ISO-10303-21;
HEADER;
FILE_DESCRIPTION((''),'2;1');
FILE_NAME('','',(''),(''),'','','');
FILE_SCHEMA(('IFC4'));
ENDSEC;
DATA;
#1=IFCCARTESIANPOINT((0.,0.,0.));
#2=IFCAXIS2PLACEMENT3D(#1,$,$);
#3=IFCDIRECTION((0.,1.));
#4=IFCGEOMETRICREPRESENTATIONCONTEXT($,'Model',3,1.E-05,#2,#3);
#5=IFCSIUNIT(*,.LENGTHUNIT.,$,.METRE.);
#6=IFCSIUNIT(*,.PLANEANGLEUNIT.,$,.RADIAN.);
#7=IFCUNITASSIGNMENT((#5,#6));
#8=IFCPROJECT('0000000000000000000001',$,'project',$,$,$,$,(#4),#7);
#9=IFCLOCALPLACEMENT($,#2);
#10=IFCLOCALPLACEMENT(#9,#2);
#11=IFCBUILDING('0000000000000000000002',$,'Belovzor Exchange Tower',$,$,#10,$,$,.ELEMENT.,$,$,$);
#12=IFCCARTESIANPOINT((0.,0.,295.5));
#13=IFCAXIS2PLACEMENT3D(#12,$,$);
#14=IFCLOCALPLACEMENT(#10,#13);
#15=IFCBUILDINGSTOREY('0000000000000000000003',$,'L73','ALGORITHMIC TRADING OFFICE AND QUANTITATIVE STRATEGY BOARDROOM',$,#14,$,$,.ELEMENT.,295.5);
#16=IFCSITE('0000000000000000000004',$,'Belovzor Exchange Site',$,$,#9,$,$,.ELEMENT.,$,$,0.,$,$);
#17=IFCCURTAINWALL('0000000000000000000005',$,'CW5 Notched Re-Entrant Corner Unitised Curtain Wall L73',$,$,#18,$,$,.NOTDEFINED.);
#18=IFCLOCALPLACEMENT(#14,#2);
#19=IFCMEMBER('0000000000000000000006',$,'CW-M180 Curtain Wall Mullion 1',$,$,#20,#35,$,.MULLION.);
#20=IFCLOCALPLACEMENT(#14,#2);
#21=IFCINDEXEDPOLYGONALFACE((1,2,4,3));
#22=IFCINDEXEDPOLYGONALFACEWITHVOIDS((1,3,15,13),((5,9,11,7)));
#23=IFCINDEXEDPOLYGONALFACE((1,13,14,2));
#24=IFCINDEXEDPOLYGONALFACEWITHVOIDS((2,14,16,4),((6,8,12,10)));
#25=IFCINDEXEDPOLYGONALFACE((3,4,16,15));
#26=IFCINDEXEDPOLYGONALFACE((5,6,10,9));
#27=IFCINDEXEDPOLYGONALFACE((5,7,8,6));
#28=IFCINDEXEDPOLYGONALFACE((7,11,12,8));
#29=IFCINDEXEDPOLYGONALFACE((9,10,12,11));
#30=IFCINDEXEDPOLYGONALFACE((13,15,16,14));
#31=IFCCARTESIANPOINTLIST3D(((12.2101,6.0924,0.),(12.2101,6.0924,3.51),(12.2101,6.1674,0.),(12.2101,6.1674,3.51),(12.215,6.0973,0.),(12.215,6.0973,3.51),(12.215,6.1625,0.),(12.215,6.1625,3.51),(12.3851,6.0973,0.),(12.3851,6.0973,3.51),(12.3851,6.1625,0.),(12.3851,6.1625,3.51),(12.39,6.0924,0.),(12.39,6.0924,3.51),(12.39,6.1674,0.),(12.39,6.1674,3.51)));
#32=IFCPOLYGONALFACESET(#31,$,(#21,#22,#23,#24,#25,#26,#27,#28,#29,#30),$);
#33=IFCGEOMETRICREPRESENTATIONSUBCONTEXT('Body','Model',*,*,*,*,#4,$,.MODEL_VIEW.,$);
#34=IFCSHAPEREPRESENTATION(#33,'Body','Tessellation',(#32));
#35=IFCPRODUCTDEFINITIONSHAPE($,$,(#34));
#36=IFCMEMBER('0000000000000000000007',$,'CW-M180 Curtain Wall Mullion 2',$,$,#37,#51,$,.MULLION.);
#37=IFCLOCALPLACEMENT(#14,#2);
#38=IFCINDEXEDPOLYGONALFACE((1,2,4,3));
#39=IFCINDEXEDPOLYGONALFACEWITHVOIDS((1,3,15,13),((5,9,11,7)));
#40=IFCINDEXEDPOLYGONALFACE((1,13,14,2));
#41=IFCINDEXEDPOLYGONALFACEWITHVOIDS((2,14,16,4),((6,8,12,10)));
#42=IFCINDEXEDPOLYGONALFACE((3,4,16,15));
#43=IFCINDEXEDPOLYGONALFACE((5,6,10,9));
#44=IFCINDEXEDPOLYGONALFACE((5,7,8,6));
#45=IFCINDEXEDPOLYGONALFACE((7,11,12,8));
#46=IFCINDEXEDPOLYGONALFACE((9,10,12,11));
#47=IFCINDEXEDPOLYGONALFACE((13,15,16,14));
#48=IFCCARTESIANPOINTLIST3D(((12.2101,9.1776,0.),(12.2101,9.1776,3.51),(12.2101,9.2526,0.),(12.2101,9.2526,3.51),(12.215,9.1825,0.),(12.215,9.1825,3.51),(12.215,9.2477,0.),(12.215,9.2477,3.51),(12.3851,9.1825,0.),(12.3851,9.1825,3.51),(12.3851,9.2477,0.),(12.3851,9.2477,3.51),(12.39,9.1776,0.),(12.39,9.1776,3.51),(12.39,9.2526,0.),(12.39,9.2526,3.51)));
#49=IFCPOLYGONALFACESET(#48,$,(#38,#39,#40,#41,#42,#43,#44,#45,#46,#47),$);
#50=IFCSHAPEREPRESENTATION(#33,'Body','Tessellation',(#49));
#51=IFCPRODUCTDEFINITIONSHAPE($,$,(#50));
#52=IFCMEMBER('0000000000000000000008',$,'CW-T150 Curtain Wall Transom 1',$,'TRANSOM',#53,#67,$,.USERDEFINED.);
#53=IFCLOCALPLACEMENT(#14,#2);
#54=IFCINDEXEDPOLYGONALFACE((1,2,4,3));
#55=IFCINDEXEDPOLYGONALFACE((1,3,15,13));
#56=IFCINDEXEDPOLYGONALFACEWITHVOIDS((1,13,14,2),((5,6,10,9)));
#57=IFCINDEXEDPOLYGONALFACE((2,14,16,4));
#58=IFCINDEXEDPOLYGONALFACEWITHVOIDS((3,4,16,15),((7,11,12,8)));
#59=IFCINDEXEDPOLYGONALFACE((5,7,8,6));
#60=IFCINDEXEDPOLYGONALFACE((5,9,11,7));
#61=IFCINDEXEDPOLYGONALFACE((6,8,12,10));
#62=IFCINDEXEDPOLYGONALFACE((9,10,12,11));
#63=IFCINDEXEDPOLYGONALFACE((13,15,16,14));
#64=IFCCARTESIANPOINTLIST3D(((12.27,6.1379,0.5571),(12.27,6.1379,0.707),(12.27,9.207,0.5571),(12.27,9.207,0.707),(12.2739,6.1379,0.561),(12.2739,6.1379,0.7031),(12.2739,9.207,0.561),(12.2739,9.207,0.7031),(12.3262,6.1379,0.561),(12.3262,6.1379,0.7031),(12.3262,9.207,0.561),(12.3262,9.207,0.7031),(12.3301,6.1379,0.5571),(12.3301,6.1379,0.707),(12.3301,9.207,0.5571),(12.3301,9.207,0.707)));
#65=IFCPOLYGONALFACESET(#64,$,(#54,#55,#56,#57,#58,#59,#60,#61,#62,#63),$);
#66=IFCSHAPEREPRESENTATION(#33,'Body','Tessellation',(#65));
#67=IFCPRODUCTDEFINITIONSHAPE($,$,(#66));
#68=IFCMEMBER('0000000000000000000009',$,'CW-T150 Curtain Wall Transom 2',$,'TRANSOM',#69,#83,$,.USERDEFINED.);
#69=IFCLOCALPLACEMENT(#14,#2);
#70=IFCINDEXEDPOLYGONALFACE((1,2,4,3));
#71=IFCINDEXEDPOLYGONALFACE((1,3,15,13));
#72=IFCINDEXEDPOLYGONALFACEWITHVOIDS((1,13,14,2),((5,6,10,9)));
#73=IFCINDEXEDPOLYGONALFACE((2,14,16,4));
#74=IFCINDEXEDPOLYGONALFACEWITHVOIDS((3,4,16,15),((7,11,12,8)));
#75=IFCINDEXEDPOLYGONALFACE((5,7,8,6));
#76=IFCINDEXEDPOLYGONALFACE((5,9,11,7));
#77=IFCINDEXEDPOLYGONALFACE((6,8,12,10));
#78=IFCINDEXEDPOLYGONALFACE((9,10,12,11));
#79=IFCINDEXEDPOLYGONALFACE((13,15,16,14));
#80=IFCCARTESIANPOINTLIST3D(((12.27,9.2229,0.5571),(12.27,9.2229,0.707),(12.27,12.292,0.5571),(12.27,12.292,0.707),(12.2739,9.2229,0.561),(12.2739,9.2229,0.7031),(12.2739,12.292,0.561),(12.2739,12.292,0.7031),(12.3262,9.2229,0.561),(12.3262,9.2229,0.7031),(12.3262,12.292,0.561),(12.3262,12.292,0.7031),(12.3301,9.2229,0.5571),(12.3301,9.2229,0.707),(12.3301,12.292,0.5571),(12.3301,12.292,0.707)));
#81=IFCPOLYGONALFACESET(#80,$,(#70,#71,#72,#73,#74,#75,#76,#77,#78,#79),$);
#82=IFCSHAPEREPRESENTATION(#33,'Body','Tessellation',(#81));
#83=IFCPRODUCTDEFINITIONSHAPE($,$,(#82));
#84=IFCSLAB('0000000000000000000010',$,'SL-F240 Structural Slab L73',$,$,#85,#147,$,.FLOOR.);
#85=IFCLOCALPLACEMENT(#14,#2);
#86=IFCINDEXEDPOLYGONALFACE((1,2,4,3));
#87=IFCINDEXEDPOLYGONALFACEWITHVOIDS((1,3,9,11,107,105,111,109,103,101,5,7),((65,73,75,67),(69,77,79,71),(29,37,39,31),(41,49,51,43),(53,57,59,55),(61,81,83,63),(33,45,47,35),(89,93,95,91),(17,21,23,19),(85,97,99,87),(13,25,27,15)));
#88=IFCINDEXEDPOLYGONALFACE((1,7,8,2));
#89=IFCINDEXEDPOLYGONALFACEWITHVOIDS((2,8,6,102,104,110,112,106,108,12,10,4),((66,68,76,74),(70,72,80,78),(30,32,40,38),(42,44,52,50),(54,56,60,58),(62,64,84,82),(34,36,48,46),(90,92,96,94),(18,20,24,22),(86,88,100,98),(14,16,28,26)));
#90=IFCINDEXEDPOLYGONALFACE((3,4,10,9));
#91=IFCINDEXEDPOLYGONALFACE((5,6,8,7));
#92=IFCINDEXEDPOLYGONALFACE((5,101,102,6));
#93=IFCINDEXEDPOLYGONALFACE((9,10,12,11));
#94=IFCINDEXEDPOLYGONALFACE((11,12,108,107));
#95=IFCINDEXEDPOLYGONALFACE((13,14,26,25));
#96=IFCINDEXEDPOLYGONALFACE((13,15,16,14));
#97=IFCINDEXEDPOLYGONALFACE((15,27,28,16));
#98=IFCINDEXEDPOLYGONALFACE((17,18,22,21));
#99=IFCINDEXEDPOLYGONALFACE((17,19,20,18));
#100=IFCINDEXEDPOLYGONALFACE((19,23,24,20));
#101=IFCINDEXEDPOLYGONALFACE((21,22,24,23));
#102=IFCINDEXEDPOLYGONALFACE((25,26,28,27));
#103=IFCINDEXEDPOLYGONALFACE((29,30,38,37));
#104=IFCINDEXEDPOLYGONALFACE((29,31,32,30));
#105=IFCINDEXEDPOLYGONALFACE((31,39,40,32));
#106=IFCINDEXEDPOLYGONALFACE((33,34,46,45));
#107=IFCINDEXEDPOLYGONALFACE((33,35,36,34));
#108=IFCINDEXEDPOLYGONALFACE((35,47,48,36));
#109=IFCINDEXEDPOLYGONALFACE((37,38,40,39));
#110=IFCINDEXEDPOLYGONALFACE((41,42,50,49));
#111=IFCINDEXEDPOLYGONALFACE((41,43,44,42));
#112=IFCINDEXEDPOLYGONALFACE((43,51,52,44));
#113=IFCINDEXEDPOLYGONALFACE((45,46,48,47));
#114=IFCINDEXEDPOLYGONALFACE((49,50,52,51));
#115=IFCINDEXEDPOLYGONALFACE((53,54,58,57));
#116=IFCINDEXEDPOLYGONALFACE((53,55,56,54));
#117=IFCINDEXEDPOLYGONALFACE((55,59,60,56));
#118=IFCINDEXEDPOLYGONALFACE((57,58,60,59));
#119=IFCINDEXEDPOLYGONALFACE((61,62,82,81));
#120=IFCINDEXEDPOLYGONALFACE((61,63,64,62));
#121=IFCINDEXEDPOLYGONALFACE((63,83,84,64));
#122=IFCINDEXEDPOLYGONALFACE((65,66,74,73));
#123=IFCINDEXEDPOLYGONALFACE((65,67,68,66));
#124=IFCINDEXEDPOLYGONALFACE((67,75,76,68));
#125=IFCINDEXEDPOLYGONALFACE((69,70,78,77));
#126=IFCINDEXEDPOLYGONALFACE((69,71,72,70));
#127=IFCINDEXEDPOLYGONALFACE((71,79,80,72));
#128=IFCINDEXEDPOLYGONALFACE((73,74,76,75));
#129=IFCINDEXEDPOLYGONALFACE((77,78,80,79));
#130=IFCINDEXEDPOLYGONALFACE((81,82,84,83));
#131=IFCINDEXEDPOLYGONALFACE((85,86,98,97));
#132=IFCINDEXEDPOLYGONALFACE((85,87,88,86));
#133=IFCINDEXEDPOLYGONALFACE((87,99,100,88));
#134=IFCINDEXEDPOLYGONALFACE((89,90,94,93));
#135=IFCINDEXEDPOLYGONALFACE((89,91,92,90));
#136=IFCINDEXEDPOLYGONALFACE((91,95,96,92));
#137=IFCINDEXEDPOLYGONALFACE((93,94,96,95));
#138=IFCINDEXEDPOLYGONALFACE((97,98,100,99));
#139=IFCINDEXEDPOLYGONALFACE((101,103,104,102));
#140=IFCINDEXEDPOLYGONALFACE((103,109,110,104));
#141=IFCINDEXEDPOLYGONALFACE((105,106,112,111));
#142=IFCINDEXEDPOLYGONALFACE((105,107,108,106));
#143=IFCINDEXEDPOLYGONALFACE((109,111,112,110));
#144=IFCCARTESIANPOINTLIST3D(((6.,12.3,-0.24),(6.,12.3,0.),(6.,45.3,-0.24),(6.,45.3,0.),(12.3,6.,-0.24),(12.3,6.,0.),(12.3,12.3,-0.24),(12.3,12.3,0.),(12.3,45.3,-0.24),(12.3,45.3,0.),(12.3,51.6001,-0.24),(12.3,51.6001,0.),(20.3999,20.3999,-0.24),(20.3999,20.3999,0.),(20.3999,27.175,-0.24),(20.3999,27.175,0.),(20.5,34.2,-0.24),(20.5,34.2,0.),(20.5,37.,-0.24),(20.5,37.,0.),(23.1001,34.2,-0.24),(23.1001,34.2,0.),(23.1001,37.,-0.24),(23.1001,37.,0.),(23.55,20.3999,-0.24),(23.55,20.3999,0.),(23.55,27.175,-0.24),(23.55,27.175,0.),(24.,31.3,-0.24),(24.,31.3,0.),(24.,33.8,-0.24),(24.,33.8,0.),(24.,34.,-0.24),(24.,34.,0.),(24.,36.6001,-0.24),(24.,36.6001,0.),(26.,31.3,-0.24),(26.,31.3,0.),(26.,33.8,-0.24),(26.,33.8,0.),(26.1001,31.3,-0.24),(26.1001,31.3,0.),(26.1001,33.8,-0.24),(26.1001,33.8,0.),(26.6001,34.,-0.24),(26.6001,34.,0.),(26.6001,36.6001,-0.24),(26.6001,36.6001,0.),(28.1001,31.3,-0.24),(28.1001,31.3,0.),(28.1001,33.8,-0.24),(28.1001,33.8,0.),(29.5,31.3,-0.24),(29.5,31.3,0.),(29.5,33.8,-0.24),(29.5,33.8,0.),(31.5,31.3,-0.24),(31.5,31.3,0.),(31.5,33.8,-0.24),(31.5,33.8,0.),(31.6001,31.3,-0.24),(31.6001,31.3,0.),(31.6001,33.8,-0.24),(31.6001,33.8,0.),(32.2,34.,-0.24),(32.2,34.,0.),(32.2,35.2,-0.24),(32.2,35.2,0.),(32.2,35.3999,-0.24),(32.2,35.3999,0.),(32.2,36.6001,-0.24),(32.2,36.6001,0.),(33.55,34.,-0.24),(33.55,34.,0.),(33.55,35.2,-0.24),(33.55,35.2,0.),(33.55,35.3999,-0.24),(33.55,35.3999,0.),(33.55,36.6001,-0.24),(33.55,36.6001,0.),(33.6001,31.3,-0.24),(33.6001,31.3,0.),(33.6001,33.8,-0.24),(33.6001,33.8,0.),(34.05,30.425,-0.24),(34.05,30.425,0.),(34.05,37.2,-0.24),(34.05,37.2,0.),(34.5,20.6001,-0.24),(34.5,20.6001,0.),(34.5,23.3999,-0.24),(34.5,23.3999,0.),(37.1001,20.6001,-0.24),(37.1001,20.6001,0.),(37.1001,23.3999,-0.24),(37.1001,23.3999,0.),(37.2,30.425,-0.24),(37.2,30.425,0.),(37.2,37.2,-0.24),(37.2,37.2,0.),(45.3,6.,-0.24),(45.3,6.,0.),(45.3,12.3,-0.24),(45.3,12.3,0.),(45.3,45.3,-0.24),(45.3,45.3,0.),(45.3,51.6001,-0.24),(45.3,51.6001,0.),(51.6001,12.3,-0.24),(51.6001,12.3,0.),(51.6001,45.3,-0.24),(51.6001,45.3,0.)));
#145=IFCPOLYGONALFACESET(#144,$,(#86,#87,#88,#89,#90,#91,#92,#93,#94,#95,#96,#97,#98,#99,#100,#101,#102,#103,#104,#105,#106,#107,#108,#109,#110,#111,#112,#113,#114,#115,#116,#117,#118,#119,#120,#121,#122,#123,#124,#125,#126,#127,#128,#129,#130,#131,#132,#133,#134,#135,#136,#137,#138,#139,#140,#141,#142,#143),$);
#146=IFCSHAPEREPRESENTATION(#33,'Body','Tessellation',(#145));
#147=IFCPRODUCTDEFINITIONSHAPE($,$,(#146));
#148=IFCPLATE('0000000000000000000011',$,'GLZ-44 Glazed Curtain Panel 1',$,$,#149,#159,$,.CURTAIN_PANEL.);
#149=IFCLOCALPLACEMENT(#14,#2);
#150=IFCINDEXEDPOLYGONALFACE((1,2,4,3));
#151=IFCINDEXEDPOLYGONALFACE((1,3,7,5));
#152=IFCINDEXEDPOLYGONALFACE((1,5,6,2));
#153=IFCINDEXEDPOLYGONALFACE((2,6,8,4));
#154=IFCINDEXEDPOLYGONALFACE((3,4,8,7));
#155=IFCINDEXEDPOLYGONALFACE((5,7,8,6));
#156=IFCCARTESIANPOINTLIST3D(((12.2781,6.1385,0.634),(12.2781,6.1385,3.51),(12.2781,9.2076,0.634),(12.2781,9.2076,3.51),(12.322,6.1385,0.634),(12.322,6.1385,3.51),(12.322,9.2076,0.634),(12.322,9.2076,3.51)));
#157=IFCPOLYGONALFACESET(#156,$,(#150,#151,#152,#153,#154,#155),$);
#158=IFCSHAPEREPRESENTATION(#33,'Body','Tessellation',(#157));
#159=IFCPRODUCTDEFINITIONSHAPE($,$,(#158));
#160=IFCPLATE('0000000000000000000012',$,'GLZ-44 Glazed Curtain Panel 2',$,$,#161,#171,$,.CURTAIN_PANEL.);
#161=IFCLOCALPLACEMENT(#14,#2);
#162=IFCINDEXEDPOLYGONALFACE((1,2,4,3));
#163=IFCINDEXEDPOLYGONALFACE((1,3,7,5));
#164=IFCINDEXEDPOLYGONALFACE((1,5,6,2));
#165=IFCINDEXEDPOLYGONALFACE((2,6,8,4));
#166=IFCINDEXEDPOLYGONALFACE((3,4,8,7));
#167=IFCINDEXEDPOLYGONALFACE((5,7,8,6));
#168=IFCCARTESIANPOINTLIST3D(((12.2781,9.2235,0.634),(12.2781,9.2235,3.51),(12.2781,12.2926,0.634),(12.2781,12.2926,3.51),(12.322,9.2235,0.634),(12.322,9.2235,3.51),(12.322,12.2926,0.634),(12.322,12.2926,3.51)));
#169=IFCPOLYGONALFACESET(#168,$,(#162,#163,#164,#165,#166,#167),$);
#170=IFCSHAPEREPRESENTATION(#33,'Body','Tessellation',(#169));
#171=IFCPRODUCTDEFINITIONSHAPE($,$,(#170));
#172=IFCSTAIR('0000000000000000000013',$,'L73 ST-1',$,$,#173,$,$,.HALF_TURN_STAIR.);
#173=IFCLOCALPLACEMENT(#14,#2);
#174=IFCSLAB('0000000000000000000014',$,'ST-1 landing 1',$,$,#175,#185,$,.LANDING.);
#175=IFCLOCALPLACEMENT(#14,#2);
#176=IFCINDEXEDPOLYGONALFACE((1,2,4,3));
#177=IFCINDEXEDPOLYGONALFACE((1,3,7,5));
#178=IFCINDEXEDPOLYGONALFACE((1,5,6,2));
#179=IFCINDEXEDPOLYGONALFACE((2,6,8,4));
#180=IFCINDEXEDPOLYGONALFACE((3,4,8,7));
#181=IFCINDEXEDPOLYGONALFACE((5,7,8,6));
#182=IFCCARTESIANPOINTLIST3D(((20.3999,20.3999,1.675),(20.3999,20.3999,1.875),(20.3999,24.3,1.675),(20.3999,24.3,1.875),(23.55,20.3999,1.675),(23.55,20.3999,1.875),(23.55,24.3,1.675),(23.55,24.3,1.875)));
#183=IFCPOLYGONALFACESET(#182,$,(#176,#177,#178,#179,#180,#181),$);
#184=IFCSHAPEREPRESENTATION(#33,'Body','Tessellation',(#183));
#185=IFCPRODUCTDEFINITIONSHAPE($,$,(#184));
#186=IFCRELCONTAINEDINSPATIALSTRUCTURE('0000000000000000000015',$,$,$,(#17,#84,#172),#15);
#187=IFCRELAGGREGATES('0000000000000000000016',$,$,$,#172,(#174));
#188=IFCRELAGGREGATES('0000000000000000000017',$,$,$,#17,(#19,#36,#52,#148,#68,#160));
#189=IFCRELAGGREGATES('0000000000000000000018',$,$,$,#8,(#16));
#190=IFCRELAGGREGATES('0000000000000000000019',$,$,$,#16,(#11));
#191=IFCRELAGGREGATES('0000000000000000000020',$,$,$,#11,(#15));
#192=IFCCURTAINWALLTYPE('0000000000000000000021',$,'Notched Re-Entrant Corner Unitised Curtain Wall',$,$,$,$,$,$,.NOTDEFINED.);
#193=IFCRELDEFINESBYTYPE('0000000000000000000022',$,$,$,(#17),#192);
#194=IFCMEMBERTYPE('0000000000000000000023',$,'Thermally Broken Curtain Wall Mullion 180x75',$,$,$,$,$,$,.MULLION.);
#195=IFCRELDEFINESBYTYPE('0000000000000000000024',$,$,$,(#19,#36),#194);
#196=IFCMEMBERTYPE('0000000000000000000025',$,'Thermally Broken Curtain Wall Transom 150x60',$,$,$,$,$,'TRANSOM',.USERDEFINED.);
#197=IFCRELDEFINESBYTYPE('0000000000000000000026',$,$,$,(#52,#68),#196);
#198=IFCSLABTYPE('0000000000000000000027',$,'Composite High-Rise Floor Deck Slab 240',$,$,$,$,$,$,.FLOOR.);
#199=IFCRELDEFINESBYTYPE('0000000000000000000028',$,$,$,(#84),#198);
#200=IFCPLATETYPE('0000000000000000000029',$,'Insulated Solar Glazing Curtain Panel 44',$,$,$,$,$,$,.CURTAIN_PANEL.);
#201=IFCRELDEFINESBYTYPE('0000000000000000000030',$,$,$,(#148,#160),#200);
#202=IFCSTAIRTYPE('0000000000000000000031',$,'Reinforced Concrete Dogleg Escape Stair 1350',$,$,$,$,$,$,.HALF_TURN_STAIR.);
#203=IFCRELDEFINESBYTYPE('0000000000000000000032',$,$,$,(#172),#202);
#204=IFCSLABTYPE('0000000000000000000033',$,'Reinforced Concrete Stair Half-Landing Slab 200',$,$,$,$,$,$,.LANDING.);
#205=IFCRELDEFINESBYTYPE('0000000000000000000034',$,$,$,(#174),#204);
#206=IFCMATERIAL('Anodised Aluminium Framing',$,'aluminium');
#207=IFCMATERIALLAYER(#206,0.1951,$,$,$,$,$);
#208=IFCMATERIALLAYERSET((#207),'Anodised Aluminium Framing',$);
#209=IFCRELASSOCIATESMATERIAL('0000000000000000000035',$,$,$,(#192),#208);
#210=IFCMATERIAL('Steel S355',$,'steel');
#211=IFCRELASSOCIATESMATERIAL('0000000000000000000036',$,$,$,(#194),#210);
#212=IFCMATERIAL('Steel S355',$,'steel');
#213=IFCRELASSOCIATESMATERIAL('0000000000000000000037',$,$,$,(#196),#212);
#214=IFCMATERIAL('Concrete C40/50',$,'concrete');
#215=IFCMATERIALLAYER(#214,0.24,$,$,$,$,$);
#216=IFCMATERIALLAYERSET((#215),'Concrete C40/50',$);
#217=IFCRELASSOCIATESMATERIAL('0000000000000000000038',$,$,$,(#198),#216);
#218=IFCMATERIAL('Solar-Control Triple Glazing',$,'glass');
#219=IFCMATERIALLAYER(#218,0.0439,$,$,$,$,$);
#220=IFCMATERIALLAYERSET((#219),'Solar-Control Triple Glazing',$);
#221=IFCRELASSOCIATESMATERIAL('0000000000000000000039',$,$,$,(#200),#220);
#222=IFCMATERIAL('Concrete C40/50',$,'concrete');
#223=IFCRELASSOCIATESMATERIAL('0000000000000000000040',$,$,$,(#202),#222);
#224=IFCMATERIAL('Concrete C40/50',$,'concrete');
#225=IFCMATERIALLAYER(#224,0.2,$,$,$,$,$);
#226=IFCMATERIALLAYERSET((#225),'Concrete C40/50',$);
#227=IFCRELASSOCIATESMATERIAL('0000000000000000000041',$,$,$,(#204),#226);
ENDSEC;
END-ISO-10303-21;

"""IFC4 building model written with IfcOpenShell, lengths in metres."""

from ifc_helpers import new_model, si_unit, direction, frame, origin, origin_2d, place, context, subcontext, project, spatial, polyline, rectangle, hollow_rectangle, outline, extrude, material, layer, layer_set, material_profile, profile_set, type_object, element, aggregate, save


model = new_model("IFC4")

# Units and contexts
model_context = context("Model", 3, precision=1e-05, world=origin(), true_north=direction((0.0, 1.0)))
body_context = subcontext(model_context, "Body", "Model", "MODEL_VIEW")
ifc_project = project(units=[si_unit("LENGTHUNIT", "METRE"), si_unit("PLANEANGLEUNIT", "RADIAN")], contexts=[model_context])

# Site, building, storey
site_placement = place(None, origin())
site = spatial("IfcSite", under=ifc_project, at=site_placement, Name="Belovzor Exchange Site", CompositionType="ELEMENT", RefElevation=0.0)
building_placement = place(site_placement, origin())
building = spatial("IfcBuilding", under=site, at=building_placement, Name="Belovzor Exchange Tower", CompositionType="ELEMENT")
storey_placement = place(building_placement, frame((0.0, 0.0, 295.5)))
storey = spatial("IfcBuildingStorey", under=building, at=storey_placement, Name="L73", Description="ALGORITHMIC TRADING OFFICE AND QUANTITATIVE STRATEGY BOARDROOM", CompositionType="ELEMENT", Elevation=295.5)

# Curtain wall, members
ifc_material_1 = material(Name="Anodised Aluminium Framing", Category="aluminium")
ifc_layer_1 = layer(ifc_material_1, 0.1951)
ifc_layer_set_1 = layer_set([ifc_layer_1], Name="Anodised Aluminium Framing")
curtain_wall_type = type_object("IfcCurtainWallType", Name="Notched Re-Entrant Corner Unitised Curtain Wall", PredefinedType="NOTDEFINED", material=ifc_layer_set_1)
curtain_wall_placement = place(storey_placement, origin())
curtain_wall = element("IfcCurtainWall", 1, at=curtain_wall_placement, inside=storey, type_object=curtain_wall_type, Name="CW5 Notched Re-Entrant Corner Unitised Curtain Wall L73", PredefinedType="NOTDEFINED")
ifc_material_2 = material(Name="Steel S355", Category="steel")
ifc_material_profile_1 = material_profile(ifc_material_2, hollow_rectangle(XDim=0.075, YDim=0.1799, WallThickness=0.0049, at=origin_2d()))
ifc_profile_set_1 = profile_set([ifc_material_profile_1], Name="Steel S355")
member_type_1 = type_object("IfcMemberType", Name="Thermally Broken Curtain Wall Mullion 180x75", PredefinedType="MULLION", material=ifc_profile_set_1)
member_1_placement = place(storey_placement, frame((12.3, 6.1299, 0.0), z_axis=(0.0, 0.0, 1.0), x_axis=(0.0, 1.0, 0.0)))
member_1 = element("IfcMember", 2, at=member_1_placement, type_object=member_type_1, Name="CW-M180 Curtain Wall Mullion 1", PredefinedType="MULLION", context=body_context, shape_type="SweptSolid", body=[
    extrude(hollow_rectangle(XDim=0.075, YDim=0.1799, WallThickness=0.0049, at=origin_2d()), origin(), (0.0, 0.0, 1.0), 3.51),
])
member_2_placement = place(storey_placement, frame((12.3, 9.2151, 0.0), z_axis=(0.0, 0.0, 1.0), x_axis=(0.0, 1.0, 0.0)))
member_2 = element("IfcMember", 3, at=member_2_placement, type_object=member_type_1, Name="CW-M180 Curtain Wall Mullion 2", PredefinedType="MULLION", context=body_context, shape_type="SweptSolid", body=[
    extrude(hollow_rectangle(XDim=0.075, YDim=0.1799, WallThickness=0.0049, at=origin_2d()), origin(), (0.0, 0.0, 1.0), 3.51),
])
ifc_material_3 = material(Name="Steel S355", Category="steel")
ifc_material_profile_2 = material_profile(ifc_material_3, hollow_rectangle(XDim=0.0601, YDim=0.1499, WallThickness=0.0039, at=origin_2d()))
ifc_profile_set_2 = profile_set([ifc_material_profile_2], Name="Steel S355")
member_type_2 = type_object("IfcMemberType", Name="Thermally Broken Curtain Wall Transom 150x60", ElementType="TRANSOM", PredefinedType="USERDEFINED", material=ifc_profile_set_2)
member_3_placement = place(storey_placement, frame((12.3, 6.1379, 0.6321), z_axis=(0.0, 1.0, 0.0), x_axis=(-1.0, 0.0, 0.0)))
member_3 = element("IfcMember", 4, at=member_3_placement, type_object=member_type_2, Name="CW-T150 Curtain Wall Transom 1", ObjectType="TRANSOM", PredefinedType="USERDEFINED", context=body_context, shape_type="SweptSolid", body=[
    extrude(hollow_rectangle(XDim=0.0601, YDim=0.1499, WallThickness=0.0039, at=origin_2d()), origin(), (0.0, 0.0, 1.0), 3.0691),
])
member_4_placement = place(storey_placement, frame((12.3, 9.2229, 0.6321), z_axis=(0.0, 1.0, 0.0), x_axis=(-1.0, 0.0, 0.0)))
member_4 = element("IfcMember", 5, at=member_4_placement, type_object=member_type_2, Name="CW-T150 Curtain Wall Transom 2", ObjectType="TRANSOM", PredefinedType="USERDEFINED", context=body_context, shape_type="SweptSolid", body=[
    extrude(hollow_rectangle(XDim=0.0601, YDim=0.1499, WallThickness=0.0039, at=origin_2d()), origin(), (0.0, 0.0, 1.0), 3.0691),
])

# Slab
ifc_material_4 = material(Name="Concrete C40/50", Category="concrete")
ifc_layer_2 = layer(ifc_material_4, 0.24)
ifc_layer_set_2 = layer_set([ifc_layer_2], Name="Concrete C40/50")
slab_type_1 = type_object("IfcSlabType", Name="Composite High-Rise Floor Deck Slab 240", PredefinedType="FLOOR", material=ifc_layer_set_2)
slab_1_placement = place(storey_placement, frame((0.0, 0.0, -0.24)))
element("IfcSlab", 6, at=slab_1_placement, inside=storey, type_object=slab_type_1, Name="SL-F240 Structural Slab L73", PredefinedType="FLOOR", context=body_context, shape_type="SweptSolid", body=[
    extrude(outline(polyline([(12.3, 6.0), (45.3, 6.0), (45.3, 12.3), (51.6001, 12.3), (51.6001, 45.3), (45.3, 45.3), (45.3, 51.6001), (12.3, 51.6001), (12.3, 45.3), (6.0, 45.3), (6.0, 12.3), (12.3, 12.3), (12.3, 6.0)]), holes=[polyline([(20.3999, 27.175), (20.3999, 20.3999), (23.55, 20.3999), (23.55, 27.175), (20.3999, 27.175)]), polyline([(37.2, 30.425), (37.2, 37.2), (34.05, 37.2), (34.05, 30.425), (37.2, 30.425)]), polyline([(20.5, 34.2), (23.1001, 34.2), (23.1001, 37.0), (20.5, 37.0), (20.5, 34.2)]), polyline([(34.5, 20.6001), (37.1001, 20.6001), (37.1001, 23.3999), (34.5, 23.3999), (34.5, 20.6001)]), polyline([(24.0, 34.0), (26.6001, 34.0), (26.6001, 36.6001), (24.0, 36.6001), (24.0, 34.0)]), polyline([(24.0, 31.3), (26.0, 31.3), (26.0, 33.8), (24.0, 33.8), (24.0, 31.3)]), polyline([(26.1001, 31.3), (28.1001, 31.3), (28.1001, 33.8), (26.1001, 33.8), (26.1001, 31.3)]), polyline([(29.5, 31.3), (31.5, 31.3), (31.5, 33.8), (29.5, 33.8), (29.5, 31.3)]), polyline([(31.6001, 31.3), (33.6001, 31.3), (33.6001, 33.8), (31.6001, 33.8), (31.6001, 31.3)]), polyline([(32.2, 34.0), (33.55, 34.0), (33.55, 35.2), (32.2, 35.2), (32.2, 34.0)]), polyline([(32.2, 35.3999), (33.55, 35.3999), (33.55, 36.6001), (32.2, 36.6001), (32.2, 35.3999)])]), origin(), (0.0, 0.0, 1.0), 0.24),
])

# Plates
ifc_material_5 = material(Name="Solar-Control Triple Glazing", Category="glass")
ifc_layer_3 = layer(ifc_material_5, 0.0439)
ifc_layer_set_3 = layer_set([ifc_layer_3], Name="Solar-Control Triple Glazing")
plate_type_1 = type_object("IfcPlateType", Name="Insulated Solar Glazing Curtain Panel 44", PredefinedType="CURTAIN_PANEL", material=ifc_layer_set_3)
plate_1_placement = place(storey_placement, frame((12.3, 7.6731, 0.634), z_axis=(0.0, 0.0, 1.0), x_axis=(0.0, 1.0, 0.0)))
plate_1 = element("IfcPlate", 7, at=plate_1_placement, type_object=plate_type_1, Name="GLZ-44 Glazed Curtain Panel 1", PredefinedType="CURTAIN_PANEL", context=body_context, shape_type="SweptSolid", body=[
    extrude(rectangle(XDim=3.0691, YDim=0.0439, at=origin_2d()), origin(), (0.0, 0.0, 1.0), 2.876),
])
plate_2_placement = place(storey_placement, frame((12.3, 10.7581, 0.634), z_axis=(0.0, 0.0, 1.0), x_axis=(0.0, 1.0, 0.0)))
plate_2 = element("IfcPlate", 8, at=plate_2_placement, type_object=plate_type_1, Name="GLZ-44 Glazed Curtain Panel 2", PredefinedType="CURTAIN_PANEL", context=body_context, shape_type="SweptSolid", body=[
    extrude(rectangle(XDim=3.0691, YDim=0.0439, at=origin_2d()), origin(), (0.0, 0.0, 1.0), 2.876),
])

# Stair, slab
ifc_material_6 = material(Name="Concrete C40/50", Category="concrete")
stair_type = type_object("IfcStairType", Name="Reinforced Concrete Dogleg Escape Stair 1350", PredefinedType="HALF_TURN_STAIR", material=ifc_material_6)
stair_1_placement = place(storey_placement, origin())
stair_1 = element("IfcStair", 9, at=stair_1_placement, inside=storey, type_object=stair_type, Name="L73 ST-1", PredefinedType="HALF_TURN_STAIR")
ifc_material_7 = material(Name="Concrete C40/50", Category="concrete")
ifc_layer_4 = layer(ifc_material_7, 0.2)
ifc_layer_set_4 = layer_set([ifc_layer_4], Name="Concrete C40/50")
slab_type_2 = type_object("IfcSlabType", Name="Reinforced Concrete Stair Half-Landing Slab 200", PredefinedType="LANDING", material=ifc_layer_set_4)
slab_2_placement = place(storey_placement, frame((0.0, 0.0, 1.675)))
slab_2 = element("IfcSlab", 10, at=slab_2_placement, type_object=slab_type_2, Name="ST-1 landing 1", PredefinedType="LANDING", context=body_context, shape_type="SweptSolid", body=[
    extrude(outline(polyline([(20.3999, 24.3), (20.3999, 20.3999), (23.55, 20.3999), (23.55, 24.3), (20.3999, 24.3)])), origin(), (0.0, 0.0, 1.0), 0.2),
])
aggregate(stair_1, [slab_2])

aggregate(curtain_wall, [member_1, member_2, member_3, plate_1, member_4, plate_2])

save(model, "model.ifc")
